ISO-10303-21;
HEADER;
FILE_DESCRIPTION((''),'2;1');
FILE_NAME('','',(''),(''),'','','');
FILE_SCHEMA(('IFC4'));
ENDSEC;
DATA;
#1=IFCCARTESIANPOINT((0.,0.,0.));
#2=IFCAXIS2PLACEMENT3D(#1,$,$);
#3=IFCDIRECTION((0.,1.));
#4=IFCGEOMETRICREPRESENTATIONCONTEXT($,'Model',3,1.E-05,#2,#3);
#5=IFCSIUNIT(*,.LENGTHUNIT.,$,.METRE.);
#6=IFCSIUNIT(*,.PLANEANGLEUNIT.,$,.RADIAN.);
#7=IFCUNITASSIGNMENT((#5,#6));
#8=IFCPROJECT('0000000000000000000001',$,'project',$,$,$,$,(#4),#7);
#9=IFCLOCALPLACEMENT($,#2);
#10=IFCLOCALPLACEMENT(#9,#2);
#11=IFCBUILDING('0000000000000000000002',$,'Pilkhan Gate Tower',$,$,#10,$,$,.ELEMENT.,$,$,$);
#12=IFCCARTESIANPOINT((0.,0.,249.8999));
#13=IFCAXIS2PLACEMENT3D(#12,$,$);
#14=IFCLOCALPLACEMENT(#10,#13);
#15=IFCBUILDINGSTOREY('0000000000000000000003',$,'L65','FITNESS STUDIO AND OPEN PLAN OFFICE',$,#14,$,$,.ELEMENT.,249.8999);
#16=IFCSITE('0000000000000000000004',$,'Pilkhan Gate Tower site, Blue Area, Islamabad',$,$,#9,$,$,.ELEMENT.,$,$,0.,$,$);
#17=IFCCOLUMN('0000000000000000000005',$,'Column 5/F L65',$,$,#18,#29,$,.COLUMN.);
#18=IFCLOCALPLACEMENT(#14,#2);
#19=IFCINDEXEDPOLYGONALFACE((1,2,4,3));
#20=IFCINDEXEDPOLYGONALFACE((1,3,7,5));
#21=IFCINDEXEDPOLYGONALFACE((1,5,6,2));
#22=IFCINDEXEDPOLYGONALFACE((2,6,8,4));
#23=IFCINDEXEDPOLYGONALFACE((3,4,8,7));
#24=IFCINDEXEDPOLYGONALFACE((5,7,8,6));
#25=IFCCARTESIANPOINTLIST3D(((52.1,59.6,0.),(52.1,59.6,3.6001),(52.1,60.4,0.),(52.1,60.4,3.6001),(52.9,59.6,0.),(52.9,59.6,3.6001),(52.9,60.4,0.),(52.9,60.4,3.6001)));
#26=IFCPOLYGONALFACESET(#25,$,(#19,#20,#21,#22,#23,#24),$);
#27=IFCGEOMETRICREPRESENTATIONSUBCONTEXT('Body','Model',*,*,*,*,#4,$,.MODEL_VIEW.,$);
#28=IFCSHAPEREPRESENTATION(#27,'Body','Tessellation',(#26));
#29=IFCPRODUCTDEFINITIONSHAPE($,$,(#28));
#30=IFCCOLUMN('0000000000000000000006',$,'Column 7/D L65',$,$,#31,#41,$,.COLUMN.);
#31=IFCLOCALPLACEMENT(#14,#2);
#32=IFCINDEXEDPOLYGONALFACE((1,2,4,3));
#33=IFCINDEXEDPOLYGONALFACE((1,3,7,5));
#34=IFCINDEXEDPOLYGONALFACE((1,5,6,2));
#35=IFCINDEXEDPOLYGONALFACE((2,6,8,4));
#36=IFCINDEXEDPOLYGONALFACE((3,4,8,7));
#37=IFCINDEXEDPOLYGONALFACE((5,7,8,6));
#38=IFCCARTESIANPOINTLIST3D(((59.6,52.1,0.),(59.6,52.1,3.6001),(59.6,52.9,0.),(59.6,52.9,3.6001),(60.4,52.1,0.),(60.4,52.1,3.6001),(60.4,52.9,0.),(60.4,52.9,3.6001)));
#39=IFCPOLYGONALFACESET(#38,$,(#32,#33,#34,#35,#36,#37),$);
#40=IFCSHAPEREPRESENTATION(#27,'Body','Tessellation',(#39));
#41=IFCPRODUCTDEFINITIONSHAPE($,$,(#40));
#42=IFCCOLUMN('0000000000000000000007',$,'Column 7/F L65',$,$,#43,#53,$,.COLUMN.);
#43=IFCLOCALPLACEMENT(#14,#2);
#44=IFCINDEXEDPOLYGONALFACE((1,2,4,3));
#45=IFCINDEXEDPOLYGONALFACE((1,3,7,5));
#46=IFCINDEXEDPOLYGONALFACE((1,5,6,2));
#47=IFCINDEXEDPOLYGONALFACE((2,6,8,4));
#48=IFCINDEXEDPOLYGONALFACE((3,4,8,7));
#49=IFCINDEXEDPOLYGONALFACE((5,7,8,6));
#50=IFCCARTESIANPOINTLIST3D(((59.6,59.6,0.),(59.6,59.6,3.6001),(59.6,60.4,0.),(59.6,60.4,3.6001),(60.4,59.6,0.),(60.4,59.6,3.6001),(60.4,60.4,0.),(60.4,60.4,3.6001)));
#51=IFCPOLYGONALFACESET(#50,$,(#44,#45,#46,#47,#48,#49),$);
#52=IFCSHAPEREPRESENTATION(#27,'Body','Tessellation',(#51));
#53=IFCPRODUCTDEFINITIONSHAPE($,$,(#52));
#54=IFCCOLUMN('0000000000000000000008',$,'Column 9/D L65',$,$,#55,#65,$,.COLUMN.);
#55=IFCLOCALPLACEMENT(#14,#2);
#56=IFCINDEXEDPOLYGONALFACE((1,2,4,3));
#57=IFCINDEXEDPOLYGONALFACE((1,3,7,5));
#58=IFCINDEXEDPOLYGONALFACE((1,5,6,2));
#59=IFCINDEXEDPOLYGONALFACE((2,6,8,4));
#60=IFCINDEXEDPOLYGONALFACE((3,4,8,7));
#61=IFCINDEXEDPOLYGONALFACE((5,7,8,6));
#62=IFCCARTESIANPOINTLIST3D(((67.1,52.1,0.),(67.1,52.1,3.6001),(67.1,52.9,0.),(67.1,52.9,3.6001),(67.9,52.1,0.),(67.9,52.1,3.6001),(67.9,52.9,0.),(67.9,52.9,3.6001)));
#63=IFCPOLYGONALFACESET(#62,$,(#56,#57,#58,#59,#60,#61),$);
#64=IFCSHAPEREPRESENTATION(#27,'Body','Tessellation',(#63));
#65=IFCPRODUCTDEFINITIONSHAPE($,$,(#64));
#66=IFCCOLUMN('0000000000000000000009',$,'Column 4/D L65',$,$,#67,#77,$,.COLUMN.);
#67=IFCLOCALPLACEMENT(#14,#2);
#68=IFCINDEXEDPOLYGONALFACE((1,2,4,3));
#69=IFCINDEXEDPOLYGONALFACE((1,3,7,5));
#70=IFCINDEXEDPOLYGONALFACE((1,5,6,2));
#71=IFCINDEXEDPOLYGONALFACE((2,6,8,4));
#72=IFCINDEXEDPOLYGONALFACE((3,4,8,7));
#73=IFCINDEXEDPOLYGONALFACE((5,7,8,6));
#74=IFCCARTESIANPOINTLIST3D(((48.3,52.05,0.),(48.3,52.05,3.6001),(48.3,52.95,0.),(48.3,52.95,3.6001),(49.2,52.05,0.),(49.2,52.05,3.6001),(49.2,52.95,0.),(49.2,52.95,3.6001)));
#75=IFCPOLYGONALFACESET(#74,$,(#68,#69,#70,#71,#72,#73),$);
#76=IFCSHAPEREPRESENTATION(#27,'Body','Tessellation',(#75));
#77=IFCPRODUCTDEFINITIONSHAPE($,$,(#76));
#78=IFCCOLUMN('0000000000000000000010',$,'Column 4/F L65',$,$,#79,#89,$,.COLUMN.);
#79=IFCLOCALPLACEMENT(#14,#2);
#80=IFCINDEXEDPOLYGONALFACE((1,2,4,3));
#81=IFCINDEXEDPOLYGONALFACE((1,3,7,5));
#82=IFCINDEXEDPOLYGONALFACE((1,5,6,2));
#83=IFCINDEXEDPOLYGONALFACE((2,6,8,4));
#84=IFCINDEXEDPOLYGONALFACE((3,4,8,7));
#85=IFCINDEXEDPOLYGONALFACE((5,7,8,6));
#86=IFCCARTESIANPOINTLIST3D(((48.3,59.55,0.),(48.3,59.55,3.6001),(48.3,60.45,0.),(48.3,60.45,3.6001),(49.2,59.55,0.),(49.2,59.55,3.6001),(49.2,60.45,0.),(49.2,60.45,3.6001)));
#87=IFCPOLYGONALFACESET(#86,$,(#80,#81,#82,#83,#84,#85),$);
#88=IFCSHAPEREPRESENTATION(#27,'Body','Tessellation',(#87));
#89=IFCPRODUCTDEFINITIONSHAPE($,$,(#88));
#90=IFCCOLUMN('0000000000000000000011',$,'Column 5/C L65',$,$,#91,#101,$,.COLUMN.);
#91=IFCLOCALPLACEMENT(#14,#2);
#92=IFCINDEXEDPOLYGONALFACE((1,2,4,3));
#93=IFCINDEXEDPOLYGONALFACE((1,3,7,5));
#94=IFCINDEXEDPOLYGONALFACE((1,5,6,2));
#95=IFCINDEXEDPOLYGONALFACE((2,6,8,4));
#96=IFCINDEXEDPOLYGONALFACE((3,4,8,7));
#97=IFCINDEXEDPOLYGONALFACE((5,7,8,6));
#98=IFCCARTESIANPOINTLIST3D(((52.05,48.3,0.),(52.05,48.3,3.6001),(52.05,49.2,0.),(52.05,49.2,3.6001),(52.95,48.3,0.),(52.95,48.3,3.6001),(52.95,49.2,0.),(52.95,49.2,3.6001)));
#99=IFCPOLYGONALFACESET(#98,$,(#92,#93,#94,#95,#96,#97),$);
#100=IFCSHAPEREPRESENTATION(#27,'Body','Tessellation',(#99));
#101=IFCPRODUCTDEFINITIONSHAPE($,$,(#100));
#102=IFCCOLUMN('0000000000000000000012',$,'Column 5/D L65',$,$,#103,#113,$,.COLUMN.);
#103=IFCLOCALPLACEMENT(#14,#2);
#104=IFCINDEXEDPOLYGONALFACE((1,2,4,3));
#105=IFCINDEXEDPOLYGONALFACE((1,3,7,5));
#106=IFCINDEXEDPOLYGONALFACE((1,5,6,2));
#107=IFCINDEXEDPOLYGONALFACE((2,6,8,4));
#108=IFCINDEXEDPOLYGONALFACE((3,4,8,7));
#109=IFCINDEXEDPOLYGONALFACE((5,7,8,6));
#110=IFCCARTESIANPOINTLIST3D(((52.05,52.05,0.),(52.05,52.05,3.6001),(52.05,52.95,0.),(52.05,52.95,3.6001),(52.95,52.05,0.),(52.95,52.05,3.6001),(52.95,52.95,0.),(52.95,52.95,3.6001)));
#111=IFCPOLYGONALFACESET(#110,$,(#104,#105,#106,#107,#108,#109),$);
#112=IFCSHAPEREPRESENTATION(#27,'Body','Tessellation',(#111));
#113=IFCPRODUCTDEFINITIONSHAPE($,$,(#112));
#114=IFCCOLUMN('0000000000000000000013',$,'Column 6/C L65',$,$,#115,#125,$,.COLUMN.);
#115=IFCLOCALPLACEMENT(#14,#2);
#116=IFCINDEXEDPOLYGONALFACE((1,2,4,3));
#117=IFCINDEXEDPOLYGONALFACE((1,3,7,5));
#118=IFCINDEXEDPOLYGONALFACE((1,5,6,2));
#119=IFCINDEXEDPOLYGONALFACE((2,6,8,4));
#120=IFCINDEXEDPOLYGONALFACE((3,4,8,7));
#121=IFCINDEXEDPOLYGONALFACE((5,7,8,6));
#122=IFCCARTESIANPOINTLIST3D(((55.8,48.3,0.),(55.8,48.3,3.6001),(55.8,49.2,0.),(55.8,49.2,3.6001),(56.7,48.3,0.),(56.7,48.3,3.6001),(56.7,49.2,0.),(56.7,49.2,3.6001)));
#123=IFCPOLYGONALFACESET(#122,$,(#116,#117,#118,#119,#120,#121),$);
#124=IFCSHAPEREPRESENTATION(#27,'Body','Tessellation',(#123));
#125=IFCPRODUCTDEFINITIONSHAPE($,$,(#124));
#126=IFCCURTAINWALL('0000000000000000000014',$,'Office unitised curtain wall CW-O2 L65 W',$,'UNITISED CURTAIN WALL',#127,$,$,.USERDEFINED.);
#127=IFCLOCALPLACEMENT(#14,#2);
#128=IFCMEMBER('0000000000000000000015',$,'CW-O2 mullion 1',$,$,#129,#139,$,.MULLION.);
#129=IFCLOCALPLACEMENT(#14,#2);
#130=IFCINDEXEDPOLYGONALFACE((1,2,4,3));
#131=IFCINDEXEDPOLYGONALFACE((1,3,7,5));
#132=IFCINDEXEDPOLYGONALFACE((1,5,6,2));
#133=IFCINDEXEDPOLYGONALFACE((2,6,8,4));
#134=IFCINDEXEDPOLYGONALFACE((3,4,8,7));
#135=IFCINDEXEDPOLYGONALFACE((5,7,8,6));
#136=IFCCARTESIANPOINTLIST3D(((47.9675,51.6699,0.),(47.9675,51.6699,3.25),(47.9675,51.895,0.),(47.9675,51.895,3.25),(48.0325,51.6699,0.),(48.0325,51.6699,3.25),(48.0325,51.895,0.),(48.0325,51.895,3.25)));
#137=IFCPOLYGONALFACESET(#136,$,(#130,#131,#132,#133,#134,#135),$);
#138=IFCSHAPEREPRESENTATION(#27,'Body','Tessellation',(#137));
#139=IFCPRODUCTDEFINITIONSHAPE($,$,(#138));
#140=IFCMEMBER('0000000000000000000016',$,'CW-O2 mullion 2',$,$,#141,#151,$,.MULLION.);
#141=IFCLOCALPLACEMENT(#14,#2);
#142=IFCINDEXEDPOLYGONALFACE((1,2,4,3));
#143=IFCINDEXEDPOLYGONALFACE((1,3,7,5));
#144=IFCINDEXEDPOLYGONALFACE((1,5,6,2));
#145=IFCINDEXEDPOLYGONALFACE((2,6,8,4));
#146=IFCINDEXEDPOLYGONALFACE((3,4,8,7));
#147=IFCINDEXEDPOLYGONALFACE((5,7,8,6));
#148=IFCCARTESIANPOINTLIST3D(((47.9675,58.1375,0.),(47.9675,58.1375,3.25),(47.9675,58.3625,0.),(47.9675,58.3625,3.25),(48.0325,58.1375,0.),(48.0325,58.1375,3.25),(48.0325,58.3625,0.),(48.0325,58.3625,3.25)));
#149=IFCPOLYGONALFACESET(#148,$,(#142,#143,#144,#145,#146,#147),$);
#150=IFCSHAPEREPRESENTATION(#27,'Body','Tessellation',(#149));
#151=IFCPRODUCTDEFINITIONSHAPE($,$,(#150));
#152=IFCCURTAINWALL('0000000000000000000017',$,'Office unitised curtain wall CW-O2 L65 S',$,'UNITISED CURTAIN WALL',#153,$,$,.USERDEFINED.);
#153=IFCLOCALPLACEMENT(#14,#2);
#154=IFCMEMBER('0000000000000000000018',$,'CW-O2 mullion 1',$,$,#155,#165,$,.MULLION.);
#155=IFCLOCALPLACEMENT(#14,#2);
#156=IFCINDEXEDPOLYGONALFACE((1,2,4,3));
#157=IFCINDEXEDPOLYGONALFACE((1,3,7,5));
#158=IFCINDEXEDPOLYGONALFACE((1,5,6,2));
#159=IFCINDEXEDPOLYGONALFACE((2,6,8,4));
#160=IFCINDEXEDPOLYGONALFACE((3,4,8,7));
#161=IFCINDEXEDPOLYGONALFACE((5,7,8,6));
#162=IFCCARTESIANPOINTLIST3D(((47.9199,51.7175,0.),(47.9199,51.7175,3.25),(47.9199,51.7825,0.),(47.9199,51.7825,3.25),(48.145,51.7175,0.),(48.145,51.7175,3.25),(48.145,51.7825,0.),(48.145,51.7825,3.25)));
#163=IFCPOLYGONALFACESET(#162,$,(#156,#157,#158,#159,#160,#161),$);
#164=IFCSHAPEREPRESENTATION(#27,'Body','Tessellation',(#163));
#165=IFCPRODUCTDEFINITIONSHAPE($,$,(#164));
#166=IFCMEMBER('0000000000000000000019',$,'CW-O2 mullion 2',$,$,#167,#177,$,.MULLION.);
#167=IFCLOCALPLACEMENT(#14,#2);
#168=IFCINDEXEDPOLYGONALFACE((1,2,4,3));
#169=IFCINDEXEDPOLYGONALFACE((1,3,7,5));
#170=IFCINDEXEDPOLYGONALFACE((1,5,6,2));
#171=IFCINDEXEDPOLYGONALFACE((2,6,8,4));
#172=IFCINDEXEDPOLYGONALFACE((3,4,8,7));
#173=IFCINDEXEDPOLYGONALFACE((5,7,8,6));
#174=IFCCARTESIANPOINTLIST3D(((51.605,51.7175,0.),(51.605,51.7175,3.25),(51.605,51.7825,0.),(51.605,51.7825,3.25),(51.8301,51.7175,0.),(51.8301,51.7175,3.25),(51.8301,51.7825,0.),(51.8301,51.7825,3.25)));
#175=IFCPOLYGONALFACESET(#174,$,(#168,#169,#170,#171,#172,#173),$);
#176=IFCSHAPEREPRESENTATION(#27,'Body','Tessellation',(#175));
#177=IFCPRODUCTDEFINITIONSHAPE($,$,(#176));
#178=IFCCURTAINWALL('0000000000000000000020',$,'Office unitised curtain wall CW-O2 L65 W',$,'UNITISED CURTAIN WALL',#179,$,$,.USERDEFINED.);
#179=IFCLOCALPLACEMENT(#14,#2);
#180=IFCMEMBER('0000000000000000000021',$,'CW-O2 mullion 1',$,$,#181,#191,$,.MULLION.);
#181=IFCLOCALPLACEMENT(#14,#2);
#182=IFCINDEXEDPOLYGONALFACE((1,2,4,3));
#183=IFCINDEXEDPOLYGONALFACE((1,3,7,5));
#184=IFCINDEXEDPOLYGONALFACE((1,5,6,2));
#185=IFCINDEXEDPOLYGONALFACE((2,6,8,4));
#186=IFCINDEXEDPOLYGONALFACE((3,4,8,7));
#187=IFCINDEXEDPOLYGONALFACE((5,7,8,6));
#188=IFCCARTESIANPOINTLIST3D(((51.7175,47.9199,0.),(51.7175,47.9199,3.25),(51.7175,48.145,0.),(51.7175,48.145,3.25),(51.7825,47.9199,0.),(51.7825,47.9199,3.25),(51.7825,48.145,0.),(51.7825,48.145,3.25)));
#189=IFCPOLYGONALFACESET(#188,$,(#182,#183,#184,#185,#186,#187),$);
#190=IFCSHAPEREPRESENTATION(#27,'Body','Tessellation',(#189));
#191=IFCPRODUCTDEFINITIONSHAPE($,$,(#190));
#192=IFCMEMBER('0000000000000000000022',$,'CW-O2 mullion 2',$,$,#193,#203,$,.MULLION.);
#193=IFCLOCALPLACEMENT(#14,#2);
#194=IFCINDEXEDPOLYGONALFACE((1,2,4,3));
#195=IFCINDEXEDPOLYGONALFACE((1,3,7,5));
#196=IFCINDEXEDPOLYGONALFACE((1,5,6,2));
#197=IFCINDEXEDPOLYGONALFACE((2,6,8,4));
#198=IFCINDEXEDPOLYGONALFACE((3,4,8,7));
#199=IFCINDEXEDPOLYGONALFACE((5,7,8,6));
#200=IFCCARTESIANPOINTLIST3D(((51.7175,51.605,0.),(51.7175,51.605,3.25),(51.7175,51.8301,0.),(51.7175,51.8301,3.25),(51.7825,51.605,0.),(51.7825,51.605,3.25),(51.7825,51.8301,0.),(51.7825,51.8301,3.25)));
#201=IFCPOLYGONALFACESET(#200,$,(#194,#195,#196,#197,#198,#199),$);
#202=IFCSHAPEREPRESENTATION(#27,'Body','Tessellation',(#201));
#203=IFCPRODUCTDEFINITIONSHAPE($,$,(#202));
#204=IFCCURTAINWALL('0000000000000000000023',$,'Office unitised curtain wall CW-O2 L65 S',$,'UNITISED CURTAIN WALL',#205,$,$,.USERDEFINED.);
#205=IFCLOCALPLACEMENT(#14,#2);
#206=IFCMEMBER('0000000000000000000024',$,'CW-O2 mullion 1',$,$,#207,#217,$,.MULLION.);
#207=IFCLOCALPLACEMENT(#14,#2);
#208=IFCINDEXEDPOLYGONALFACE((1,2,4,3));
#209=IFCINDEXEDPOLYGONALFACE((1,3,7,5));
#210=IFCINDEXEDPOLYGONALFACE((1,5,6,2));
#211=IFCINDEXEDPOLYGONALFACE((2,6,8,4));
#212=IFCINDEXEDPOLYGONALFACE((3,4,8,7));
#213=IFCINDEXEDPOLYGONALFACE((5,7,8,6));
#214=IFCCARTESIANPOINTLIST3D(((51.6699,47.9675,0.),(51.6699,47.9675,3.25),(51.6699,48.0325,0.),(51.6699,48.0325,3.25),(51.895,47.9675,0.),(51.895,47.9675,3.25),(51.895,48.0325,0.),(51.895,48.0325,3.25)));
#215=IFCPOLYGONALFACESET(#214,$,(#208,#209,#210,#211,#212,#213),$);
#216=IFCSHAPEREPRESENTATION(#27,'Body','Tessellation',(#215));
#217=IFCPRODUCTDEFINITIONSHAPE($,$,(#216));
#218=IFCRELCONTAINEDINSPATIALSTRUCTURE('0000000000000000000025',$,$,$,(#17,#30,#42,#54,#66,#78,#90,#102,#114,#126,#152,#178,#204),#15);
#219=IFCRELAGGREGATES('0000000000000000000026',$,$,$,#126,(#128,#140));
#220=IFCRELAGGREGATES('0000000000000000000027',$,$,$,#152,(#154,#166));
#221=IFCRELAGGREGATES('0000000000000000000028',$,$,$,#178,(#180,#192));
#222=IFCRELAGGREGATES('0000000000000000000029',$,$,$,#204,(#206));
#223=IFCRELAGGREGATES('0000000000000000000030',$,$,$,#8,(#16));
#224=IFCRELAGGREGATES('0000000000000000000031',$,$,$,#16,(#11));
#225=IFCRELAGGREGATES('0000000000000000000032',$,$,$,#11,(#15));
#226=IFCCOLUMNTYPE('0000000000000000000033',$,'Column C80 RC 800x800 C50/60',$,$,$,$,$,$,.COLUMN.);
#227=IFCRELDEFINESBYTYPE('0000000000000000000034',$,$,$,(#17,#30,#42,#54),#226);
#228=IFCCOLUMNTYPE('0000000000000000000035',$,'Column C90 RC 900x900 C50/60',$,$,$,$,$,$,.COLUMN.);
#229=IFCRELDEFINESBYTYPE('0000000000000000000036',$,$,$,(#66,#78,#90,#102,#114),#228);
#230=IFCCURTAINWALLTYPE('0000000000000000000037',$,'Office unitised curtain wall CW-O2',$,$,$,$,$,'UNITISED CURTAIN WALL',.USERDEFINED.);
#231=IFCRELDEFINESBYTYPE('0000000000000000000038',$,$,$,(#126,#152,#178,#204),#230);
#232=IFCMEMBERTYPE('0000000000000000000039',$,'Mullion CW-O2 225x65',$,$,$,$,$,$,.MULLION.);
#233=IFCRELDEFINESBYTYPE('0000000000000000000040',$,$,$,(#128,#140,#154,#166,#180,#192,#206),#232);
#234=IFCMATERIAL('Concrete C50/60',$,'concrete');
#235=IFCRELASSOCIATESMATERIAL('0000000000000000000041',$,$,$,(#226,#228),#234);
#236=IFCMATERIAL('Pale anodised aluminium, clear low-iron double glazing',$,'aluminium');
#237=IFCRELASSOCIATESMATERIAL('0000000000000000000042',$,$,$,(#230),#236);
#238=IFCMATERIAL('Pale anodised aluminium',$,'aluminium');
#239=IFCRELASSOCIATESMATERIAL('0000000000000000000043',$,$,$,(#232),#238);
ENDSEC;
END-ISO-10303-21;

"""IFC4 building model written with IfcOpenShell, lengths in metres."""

from ifc_helpers import new_model, si_unit, direction, frame, origin, origin_2d, place, context, subcontext, project, spatial, rectangle, extrude, material, material_profile, profile_set, type_object, element, aggregate, save


model = new_model("IFC4")

# Units and contexts
model_context = context("Model", 3, precision=1e-05, world=origin(), true_north=direction((0.0, 1.0)))
body_context = subcontext(model_context, "Body", "Model", "MODEL_VIEW")
ifc_project = project(units=[si_unit("LENGTHUNIT", "METRE"), si_unit("PLANEANGLEUNIT", "RADIAN")], contexts=[model_context])

# Site, building, storey
site_placement = place(None, origin())
site = spatial("IfcSite", under=ifc_project, at=site_placement, Name="Pilkhan Gate Tower site, Blue Area, Islamabad", CompositionType="ELEMENT", RefElevation=0.0)
building_placement = place(site_placement, origin())
building = spatial("IfcBuilding", under=site, at=building_placement, Name="Pilkhan Gate Tower", CompositionType="ELEMENT")
storey_placement = place(building_placement, frame((0.0, 0.0, 249.8999)))
storey = spatial("IfcBuildingStorey", under=building, at=storey_placement, Name="L65", Description="FITNESS STUDIO AND OPEN PLAN OFFICE", CompositionType="ELEMENT", Elevation=249.8999)

# Columns
ifc_material_1 = material(Name="Concrete C50/60", Category="concrete")
ifc_material_profile_1 = material_profile(ifc_material_1, rectangle(XDim=0.8, YDim=0.8, at=origin_2d()), Name="RC 800x800")
ifc_profile_set_1 = profile_set([ifc_material_profile_1], Name="Concrete C50/60")
column_type_1 = type_object("IfcColumnType", Name="Column C80 RC 800x800 C50/60", PredefinedType="COLUMN", material=ifc_profile_set_1)
for number, where, z_axis, x_axis, name in (
    (1, (52.5, 60.0, 0.0), (0.0, 0.0, 1.0), (1.0, 0.0, 0.0), "Column 5/F L65"),
    (2, (60.0, 52.5, 0.0), (0.0, 0.0, 1.0), (1.0, 0.0, 0.0), "Column 7/D L65"),
    (3, (60.0, 60.0, 0.0), (0.0, 0.0, 1.0), (1.0, 0.0, 0.0), "Column 7/F L65"),
    (4, (67.5, 52.5, 0.0), (0.0, 0.0, 1.0), (1.0, 0.0, 0.0), "Column 9/D L65"),
):
    element("IfcColumn", number, at=place(storey_placement, frame(where, z_axis=z_axis, x_axis=x_axis)), inside=storey, type_object=column_type_1, Name=name, PredefinedType="COLUMN", context=body_context, shape_type="SweptSolid", body=[
        extrude(rectangle(XDim=0.8, YDim=0.8, at=origin_2d()), origin(), (0.0, 0.0, 1.0), 3.6001),
    ])
ifc_material_profile_2 = material_profile(ifc_material_1, rectangle(XDim=0.8999, YDim=0.8999, at=origin_2d()), Name="RC 900x900")
ifc_profile_set_2 = profile_set([ifc_material_profile_2], Name="Concrete C50/60")
column_type_2 = type_object("IfcColumnType", Name="Column C90 RC 900x900 C50/60", PredefinedType="COLUMN", material=ifc_profile_set_2)
for number, where, z_axis, x_axis, name in (
    (5, (48.75, 52.5, 0.0), (0.0, 0.0, 1.0), (1.0, 0.0, 0.0), "Column 4/D L65"),
    (6, (48.75, 60.0, 0.0), (0.0, 0.0, 1.0), (1.0, 0.0, 0.0), "Column 4/F L65"),
    (7, (52.5, 48.75, 0.0), (0.0, 0.0, 1.0), (1.0, 0.0, 0.0), "Column 5/C L65"),
    (8, (52.5, 52.5, 0.0), (0.0, 0.0, 1.0), (1.0, 0.0, 0.0), "Column 5/D L65"),
    (9, (56.25, 48.75, 0.0), (0.0, 0.0, 1.0), (1.0, 0.0, 0.0), "Column 6/C L65"),
):
    element("IfcColumn", number, at=place(storey_placement, frame(where, z_axis=z_axis, x_axis=x_axis)), inside=storey, type_object=column_type_2, Name=name, PredefinedType="COLUMN", context=body_context, shape_type="SweptSolid", body=[
        extrude(rectangle(XDim=0.8999, YDim=0.8999, at=origin_2d()), origin(), (0.0, 0.0, 1.0), 3.6001),
    ])

# Curtain walls, members
ifc_material_2 = material(Name="Pale anodised aluminium, clear low-iron double glazing", Category="aluminium")
curtain_wall_type = type_object("IfcCurtainWallType", Name="Office unitised curtain wall CW-O2", ElementType="UNITISED CURTAIN WALL", PredefinedType="USERDEFINED", material=ifc_material_2)
curtain_wall_1_placement = place(storey_placement, origin())
curtain_wall_1 = element("IfcCurtainWall", 10, at=curtain_wall_1_placement, inside=storey, type_object=curtain_wall_type, Name="Office unitised curtain wall CW-O2 L65 W", ObjectType="UNITISED CURTAIN WALL", PredefinedType="USERDEFINED")
ifc_material_3 = material(Name="Pale anodised aluminium", Category="aluminium")
ifc_material_profile_3 = material_profile(ifc_material_3, rectangle(XDim=0.0649, YDim=0.2251, at=origin_2d()), Name="Mullion 225x65")
ifc_profile_set_3 = profile_set([ifc_material_profile_3], Name="Pale anodised aluminium")
member_type_1 = type_object("IfcMemberType", Name="Mullion CW-O2 225x65", PredefinedType="MULLION", material=ifc_profile_set_3)
member_1_placement = place(storey_placement, frame((48.0, 51.7825, 0.0), z_axis=(0.0, 0.0, 1.0), x_axis=(-1.0, 0.0, 0.0)))
member_1 = element("IfcMember", 11, at=member_1_placement, type_object=member_type_1, Name="CW-O2 mullion 1", PredefinedType="MULLION", context=body_context, shape_type="SweptSolid", body=[
    extrude(rectangle(XDim=0.0649, YDim=0.2251, at=origin_2d()), origin(), (0.0, 0.0, 1.0), 3.25),
])
member_2_placement = place(storey_placement, frame((48.0, 58.25, 0.0), z_axis=(0.0, 0.0, 1.0), x_axis=(-1.0, 0.0, 0.0)))
member_2 = element("IfcMember", 12, at=member_2_placement, type_object=member_type_1, Name="CW-O2 mullion 2", PredefinedType="MULLION", context=body_context, shape_type="SweptSolid", body=[
    extrude(rectangle(XDim=0.0649, YDim=0.2251, at=origin_2d()), origin(), (0.0, 0.0, 1.0), 3.25),
])
curtain_wall_2_placement = place(storey_placement, origin())
curtain_wall_2 = element("IfcCurtainWall", 13, at=curtain_wall_2_placement, inside=storey, type_object=curtain_wall_type, Name="Office unitised curtain wall CW-O2 L65 S", ObjectType="UNITISED CURTAIN WALL", PredefinedType="USERDEFINED")
member_3_placement = place(storey_placement, frame((48.0325, 51.75, 0.0), z_axis=(0.0, 0.0, 1.0), x_axis=(0.0, 1.0, 0.0)))
member_3 = element("IfcMember", 14, at=member_3_placement, type_object=member_type_1, Name="CW-O2 mullion 1", PredefinedType="MULLION", context=body_context, shape_type="SweptSolid", body=[
    extrude(rectangle(XDim=0.0649, YDim=0.2251, at=origin_2d()), origin(), (0.0, 0.0, 1.0), 3.25),
])
member_4_placement = place(storey_placement, frame((51.7175, 51.75, 0.0), z_axis=(0.0, 0.0, 1.0), x_axis=(0.0, 1.0, 0.0)))
member_4 = element("IfcMember", 15, at=member_4_placement, type_object=member_type_1, Name="CW-O2 mullion 2", PredefinedType="MULLION", context=body_context, shape_type="SweptSolid", body=[
    extrude(rectangle(XDim=0.0649, YDim=0.2251, at=origin_2d()), origin(), (0.0, 0.0, 1.0), 3.25),
])
curtain_wall_3_placement = place(storey_placement, origin())
curtain_wall_3 = element("IfcCurtainWall", 16, at=curtain_wall_3_placement, inside=storey, type_object=curtain_wall_type, Name="Office unitised curtain wall CW-O2 L65 W", ObjectType="UNITISED CURTAIN WALL", PredefinedType="USERDEFINED")
member_5_placement = place(storey_placement, frame((51.75, 48.0325, 0.0), z_axis=(0.0, 0.0, 1.0), x_axis=(-1.0, 0.0, 0.0)))
member_5 = element("IfcMember", 17, at=member_5_placement, type_object=member_type_1, Name="CW-O2 mullion 1", PredefinedType="MULLION", context=body_context, shape_type="SweptSolid", body=[
    extrude(rectangle(XDim=0.0649, YDim=0.2251, at=origin_2d()), origin(), (0.0, 0.0, 1.0), 3.25),
])
member_6_placement = place(storey_placement, frame((51.75, 51.7175, 0.0), z_axis=(0.0, 0.0, 1.0), x_axis=(-1.0, 0.0, 0.0)))
member_6 = element("IfcMember", 18, at=member_6_placement, type_object=member_type_1, Name="CW-O2 mullion 2", PredefinedType="MULLION", context=body_context, shape_type="SweptSolid", body=[
    extrude(rectangle(XDim=0.0649, YDim=0.2251, at=origin_2d()), origin(), (0.0, 0.0, 1.0), 3.25),
])
curtain_wall_4_placement = place(storey_placement, origin())
curtain_wall_4 = element("IfcCurtainWall", 19, at=curtain_wall_4_placement, inside=storey, type_object=curtain_wall_type, Name="Office unitised curtain wall CW-O2 L65 S", ObjectType="UNITISED CURTAIN WALL", PredefinedType="USERDEFINED")
member_7_placement = place(storey_placement, frame((51.7825, 48.0, 0.0), z_axis=(0.0, 0.0, 1.0), x_axis=(0.0, 1.0, 0.0)))
member_7 = element("IfcMember", 20, at=member_7_placement, type_object=member_type_1, Name="CW-O2 mullion 1", PredefinedType="MULLION", context=body_context, shape_type="SweptSolid", body=[
    extrude(rectangle(XDim=0.0649, YDim=0.2251, at=origin_2d()), origin(), (0.0, 0.0, 1.0), 3.25),
])

aggregate(curtain_wall_1, [member_1, member_2])
aggregate(curtain_wall_2, [member_3, member_4])
aggregate(curtain_wall_3, [member_5, member_6])
aggregate(curtain_wall_4, [member_7])

save(model, "model.ifc")
